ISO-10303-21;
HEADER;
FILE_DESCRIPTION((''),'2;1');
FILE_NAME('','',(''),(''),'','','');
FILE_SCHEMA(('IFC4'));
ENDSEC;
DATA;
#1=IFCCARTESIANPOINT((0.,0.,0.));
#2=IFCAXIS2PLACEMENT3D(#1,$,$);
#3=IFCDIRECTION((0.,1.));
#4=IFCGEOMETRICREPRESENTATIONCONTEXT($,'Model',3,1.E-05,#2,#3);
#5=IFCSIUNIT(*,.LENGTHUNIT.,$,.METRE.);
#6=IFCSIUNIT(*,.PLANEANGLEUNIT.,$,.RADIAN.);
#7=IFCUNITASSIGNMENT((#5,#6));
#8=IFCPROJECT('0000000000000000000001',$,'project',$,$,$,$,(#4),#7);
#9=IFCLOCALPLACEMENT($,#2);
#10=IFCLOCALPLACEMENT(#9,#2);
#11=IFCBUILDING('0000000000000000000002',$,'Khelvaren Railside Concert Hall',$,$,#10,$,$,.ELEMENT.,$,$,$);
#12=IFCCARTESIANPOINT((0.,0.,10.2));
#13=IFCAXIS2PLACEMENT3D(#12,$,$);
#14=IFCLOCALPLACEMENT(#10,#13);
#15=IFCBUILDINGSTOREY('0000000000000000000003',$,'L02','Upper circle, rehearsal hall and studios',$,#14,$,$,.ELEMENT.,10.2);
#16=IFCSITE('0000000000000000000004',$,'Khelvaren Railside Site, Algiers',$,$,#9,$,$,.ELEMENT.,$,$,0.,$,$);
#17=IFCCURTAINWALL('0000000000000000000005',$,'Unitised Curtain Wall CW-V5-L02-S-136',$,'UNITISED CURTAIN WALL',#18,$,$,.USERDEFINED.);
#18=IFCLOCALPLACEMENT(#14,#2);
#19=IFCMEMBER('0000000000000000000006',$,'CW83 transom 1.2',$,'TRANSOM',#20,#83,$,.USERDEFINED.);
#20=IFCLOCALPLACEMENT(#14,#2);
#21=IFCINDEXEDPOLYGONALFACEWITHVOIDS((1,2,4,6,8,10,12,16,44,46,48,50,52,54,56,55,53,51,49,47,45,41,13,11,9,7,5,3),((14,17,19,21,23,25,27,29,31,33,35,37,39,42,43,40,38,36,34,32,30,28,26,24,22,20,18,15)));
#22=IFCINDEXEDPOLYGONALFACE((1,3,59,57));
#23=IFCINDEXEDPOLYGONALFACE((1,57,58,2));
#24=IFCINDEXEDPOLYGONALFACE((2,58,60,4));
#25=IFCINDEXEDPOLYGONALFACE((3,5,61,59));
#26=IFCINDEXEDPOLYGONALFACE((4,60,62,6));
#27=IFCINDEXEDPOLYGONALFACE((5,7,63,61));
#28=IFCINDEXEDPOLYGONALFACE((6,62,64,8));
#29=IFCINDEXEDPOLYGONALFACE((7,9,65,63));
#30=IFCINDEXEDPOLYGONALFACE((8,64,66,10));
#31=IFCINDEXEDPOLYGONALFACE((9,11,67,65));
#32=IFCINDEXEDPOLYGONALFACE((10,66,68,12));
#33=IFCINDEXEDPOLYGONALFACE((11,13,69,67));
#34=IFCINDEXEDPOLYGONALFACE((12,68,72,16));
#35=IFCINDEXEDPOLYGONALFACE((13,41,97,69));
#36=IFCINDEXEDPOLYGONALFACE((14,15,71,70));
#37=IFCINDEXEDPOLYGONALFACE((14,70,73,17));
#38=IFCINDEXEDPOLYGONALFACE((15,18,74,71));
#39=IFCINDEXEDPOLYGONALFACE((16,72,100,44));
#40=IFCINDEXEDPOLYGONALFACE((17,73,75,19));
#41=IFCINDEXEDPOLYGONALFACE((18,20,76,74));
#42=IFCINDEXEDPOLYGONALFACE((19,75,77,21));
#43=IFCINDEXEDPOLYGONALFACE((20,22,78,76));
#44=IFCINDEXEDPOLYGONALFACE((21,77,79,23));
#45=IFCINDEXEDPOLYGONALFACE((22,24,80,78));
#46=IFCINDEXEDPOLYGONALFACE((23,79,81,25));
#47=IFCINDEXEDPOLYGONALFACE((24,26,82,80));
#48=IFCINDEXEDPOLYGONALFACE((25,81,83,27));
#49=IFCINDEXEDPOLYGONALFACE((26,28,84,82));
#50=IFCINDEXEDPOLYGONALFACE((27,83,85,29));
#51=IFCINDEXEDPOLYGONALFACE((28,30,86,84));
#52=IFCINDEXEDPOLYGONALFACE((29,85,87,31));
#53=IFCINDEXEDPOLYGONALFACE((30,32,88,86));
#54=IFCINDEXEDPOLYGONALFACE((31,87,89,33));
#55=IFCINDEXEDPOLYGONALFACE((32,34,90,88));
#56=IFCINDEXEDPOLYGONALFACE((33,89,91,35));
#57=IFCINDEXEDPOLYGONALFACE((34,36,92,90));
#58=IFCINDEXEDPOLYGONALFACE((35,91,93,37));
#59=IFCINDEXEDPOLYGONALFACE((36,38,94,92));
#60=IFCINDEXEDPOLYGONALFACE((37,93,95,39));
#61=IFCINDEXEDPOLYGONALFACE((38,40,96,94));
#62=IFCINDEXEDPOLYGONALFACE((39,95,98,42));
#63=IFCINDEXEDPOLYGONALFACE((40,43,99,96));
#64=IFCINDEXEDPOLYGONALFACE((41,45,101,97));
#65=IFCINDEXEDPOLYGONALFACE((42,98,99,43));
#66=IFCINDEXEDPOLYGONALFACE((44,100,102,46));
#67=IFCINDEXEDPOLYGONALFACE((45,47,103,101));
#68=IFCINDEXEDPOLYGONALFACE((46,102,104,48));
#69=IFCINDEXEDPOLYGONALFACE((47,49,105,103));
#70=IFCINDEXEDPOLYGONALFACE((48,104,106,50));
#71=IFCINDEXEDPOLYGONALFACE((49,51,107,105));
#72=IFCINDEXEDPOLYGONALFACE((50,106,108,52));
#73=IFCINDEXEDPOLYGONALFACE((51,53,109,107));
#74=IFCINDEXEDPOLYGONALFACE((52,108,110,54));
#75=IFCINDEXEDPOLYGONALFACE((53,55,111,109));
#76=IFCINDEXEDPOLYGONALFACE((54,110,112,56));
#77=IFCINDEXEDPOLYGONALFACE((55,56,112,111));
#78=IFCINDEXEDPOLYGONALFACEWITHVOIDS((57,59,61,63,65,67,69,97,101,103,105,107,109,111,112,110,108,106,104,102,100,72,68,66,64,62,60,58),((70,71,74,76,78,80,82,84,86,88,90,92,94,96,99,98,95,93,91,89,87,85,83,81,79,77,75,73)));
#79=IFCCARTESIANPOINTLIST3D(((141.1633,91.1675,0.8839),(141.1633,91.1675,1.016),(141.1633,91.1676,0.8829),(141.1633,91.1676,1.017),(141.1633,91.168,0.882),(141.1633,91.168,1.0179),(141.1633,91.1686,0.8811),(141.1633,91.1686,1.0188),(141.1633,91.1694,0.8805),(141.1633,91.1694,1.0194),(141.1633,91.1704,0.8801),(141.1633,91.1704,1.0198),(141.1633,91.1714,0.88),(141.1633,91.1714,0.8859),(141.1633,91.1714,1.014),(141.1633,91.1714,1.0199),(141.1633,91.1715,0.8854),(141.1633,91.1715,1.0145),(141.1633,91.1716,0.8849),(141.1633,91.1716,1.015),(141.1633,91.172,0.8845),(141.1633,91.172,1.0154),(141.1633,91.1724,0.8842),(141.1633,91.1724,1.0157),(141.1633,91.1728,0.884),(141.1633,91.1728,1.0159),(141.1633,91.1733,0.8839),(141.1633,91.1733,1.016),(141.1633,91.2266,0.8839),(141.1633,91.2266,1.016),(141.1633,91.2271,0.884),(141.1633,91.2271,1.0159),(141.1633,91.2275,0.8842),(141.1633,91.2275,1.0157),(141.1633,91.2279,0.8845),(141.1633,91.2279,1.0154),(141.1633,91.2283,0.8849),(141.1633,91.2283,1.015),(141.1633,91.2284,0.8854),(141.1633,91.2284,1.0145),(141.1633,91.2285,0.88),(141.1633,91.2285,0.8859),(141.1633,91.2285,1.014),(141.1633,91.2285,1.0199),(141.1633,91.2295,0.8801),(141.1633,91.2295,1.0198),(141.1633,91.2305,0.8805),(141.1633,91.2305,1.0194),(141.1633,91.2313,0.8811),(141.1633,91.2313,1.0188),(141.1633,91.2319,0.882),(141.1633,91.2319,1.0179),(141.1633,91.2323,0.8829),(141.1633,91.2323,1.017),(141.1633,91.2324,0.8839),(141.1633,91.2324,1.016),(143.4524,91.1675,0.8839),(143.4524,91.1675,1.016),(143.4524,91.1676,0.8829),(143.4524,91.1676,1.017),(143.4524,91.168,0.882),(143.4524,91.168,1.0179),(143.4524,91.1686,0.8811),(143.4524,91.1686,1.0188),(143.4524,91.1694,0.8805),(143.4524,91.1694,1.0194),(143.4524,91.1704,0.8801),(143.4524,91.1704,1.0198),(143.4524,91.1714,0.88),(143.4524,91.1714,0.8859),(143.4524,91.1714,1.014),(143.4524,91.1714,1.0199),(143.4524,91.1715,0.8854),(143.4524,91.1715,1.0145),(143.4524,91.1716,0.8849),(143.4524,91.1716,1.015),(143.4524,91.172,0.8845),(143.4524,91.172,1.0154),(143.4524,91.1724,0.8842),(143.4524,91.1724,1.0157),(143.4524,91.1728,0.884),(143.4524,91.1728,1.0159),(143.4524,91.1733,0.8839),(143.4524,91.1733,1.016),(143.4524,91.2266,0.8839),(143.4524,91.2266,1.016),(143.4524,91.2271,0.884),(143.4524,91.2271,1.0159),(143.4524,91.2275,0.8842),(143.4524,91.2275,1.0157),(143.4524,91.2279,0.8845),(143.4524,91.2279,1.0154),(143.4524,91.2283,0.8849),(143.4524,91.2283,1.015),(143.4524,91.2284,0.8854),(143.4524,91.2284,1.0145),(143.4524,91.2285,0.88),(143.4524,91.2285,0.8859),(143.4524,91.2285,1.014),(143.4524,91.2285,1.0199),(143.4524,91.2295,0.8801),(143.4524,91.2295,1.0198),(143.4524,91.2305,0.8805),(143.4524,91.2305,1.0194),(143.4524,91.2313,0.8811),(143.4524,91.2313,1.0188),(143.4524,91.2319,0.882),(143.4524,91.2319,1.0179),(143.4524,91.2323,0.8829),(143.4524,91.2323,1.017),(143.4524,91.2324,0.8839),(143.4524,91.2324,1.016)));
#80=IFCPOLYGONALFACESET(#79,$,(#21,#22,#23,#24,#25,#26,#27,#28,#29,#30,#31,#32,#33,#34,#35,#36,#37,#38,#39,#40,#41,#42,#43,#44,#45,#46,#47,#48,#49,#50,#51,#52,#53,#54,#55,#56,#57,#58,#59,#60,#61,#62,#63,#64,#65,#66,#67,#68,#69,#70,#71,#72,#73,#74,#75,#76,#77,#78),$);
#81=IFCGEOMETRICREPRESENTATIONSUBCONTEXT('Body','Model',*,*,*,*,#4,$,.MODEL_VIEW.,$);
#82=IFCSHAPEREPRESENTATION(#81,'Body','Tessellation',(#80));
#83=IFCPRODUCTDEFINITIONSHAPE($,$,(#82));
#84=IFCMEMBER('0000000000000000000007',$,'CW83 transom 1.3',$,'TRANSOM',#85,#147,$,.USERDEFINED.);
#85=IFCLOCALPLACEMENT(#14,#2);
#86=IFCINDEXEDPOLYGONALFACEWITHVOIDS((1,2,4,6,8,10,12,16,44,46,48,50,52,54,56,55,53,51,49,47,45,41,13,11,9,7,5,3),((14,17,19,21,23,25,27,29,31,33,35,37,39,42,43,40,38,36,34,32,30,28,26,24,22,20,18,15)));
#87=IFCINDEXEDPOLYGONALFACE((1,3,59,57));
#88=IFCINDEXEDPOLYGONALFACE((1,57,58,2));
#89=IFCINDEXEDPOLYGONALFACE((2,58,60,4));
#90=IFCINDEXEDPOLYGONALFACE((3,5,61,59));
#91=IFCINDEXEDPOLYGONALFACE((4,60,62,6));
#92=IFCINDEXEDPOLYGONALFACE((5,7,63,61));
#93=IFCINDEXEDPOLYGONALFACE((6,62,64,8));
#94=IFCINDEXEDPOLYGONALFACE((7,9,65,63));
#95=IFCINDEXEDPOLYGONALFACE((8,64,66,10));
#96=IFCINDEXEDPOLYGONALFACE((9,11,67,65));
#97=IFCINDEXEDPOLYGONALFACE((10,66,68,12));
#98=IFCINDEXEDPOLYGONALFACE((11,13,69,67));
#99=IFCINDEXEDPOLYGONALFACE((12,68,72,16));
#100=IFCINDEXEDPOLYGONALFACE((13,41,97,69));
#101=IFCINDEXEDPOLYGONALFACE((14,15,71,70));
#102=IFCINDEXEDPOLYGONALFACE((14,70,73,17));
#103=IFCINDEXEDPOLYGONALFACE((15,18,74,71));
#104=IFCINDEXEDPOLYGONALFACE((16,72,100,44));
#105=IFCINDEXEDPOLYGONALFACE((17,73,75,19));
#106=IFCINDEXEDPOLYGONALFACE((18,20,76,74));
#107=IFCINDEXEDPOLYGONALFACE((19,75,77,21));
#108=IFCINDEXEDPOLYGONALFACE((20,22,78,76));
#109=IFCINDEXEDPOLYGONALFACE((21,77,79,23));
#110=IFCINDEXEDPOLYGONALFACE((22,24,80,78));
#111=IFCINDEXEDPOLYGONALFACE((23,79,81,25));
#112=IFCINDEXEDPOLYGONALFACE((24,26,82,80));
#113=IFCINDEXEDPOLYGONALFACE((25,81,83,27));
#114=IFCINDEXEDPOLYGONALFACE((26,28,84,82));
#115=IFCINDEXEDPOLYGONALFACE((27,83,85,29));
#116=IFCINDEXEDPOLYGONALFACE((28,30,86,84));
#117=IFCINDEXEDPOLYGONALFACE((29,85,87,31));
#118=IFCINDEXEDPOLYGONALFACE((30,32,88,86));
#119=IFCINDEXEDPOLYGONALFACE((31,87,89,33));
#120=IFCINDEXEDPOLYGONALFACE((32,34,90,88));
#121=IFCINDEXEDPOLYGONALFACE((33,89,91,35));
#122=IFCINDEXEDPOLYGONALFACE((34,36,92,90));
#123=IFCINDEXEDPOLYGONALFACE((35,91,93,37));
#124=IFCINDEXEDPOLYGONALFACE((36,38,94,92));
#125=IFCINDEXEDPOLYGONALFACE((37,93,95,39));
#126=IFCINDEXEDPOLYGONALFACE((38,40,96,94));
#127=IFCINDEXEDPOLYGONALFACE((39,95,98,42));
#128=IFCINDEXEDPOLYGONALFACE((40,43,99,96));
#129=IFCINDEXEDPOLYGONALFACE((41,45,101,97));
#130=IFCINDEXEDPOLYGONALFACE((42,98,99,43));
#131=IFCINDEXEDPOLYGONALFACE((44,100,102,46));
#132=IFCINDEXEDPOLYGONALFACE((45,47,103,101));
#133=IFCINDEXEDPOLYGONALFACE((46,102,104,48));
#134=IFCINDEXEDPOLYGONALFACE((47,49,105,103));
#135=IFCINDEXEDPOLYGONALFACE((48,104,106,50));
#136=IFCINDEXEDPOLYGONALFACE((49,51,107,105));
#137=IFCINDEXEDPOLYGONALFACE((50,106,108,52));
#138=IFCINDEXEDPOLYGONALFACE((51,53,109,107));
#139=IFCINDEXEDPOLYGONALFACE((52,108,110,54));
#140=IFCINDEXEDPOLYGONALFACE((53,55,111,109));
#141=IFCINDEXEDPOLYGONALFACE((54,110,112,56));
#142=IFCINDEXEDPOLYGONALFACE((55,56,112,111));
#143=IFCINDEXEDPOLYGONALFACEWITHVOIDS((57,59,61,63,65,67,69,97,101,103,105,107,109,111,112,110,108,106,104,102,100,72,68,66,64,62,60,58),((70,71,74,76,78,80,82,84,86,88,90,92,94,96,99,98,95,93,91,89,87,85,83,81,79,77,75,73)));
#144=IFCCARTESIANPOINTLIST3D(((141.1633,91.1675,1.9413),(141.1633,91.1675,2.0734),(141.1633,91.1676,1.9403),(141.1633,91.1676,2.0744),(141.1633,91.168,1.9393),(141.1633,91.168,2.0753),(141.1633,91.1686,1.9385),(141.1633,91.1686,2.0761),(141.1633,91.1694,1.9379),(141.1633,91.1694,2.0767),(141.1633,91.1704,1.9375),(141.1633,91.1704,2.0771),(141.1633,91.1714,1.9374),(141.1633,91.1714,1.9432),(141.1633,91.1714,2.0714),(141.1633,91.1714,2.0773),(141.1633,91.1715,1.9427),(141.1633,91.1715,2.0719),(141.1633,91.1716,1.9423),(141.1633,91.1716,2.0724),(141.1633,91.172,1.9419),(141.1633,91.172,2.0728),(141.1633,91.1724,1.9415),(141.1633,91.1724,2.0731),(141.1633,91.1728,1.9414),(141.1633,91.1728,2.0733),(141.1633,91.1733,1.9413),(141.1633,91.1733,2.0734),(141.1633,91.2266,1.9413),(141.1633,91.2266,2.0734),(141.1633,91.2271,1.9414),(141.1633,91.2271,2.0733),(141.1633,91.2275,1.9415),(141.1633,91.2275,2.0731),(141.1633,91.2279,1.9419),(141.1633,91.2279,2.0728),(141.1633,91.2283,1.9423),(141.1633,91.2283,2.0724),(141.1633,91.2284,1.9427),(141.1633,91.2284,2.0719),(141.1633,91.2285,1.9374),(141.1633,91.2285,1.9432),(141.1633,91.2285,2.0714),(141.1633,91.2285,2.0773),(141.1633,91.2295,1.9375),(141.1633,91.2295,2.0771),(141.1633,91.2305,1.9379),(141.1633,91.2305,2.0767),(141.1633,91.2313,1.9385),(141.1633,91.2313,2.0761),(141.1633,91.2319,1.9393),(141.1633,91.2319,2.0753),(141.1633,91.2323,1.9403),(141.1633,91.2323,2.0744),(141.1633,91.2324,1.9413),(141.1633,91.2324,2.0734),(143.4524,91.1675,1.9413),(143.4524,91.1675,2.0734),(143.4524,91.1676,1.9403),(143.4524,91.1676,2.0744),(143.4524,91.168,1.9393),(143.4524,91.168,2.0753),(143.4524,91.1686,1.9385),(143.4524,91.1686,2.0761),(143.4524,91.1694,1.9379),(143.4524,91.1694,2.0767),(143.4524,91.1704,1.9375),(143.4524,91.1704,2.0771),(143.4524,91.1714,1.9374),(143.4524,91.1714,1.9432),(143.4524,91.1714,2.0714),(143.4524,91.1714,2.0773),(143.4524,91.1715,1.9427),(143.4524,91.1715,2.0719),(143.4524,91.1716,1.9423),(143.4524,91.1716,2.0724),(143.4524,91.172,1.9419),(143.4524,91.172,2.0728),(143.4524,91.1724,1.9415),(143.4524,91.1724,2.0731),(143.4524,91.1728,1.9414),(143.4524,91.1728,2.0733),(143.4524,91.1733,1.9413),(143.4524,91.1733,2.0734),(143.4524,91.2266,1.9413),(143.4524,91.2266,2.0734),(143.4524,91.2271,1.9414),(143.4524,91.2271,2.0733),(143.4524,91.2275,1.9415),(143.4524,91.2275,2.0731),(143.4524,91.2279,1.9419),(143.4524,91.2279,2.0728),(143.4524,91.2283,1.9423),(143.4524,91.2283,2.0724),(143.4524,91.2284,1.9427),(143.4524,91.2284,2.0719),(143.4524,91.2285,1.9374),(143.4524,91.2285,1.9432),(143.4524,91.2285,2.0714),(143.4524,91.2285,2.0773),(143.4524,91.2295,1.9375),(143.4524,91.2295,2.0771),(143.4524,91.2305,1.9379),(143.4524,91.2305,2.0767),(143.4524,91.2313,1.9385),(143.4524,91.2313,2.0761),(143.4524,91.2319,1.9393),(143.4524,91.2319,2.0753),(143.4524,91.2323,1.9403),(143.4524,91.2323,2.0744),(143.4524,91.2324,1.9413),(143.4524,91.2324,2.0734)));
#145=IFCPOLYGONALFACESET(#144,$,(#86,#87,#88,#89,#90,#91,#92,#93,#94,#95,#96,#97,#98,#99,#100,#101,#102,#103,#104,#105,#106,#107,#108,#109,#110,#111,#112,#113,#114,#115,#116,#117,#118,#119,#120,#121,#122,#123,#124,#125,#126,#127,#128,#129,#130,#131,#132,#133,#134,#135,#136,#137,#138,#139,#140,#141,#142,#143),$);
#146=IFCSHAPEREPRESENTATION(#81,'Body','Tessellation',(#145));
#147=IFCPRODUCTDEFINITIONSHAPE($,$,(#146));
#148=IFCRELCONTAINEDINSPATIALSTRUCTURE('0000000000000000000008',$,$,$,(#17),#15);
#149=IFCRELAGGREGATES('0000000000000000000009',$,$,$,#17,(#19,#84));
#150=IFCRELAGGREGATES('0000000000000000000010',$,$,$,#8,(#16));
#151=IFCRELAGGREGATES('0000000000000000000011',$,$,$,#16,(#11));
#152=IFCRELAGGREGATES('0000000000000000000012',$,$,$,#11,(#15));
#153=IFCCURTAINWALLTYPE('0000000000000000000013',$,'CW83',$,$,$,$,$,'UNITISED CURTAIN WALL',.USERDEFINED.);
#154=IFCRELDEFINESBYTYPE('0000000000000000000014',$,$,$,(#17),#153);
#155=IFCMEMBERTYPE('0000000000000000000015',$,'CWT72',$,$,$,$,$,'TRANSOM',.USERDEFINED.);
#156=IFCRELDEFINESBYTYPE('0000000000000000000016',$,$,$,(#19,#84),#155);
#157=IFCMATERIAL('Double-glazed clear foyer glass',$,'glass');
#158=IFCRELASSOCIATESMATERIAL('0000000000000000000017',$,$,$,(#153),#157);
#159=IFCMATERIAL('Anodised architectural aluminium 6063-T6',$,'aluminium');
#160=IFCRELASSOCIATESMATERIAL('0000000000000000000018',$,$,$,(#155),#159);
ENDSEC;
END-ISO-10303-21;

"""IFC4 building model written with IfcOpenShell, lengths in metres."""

from ifc_helpers import new_model, si_unit, direction, frame, origin, origin_2d, place, context, subcontext, project, spatial, hollow_rectangle, extrude, material, material_profile, profile_set, type_object, element, aggregate, save


model = new_model("IFC4")

# Units and contexts
model_context = context("Model", 3, precision=1e-05, world=origin(), true_north=direction((0.0, 1.0)))
body_context = subcontext(model_context, "Body", "Model", "MODEL_VIEW")
ifc_project = project(units=[si_unit("LENGTHUNIT", "METRE"), si_unit("PLANEANGLEUNIT", "RADIAN")], contexts=[model_context])

# Site, building, storey
site_placement = place(None, origin())
site = spatial("IfcSite", under=ifc_project, at=site_placement, Name="Khelvaren Railside Site, Algiers", CompositionType="ELEMENT", RefElevation=0.0)
building_placement = place(site_placement, origin())
building = spatial("IfcBuilding", under=site, at=building_placement, Name="Khelvaren Railside Concert Hall", CompositionType="ELEMENT")
storey_placement = place(building_placement, frame((0.0, 0.0, 10.2)))
storey = spatial("IfcBuildingStorey", under=building, at=storey_placement, Name="L02", Description="Upper circle, rehearsal hall and studios", CompositionType="ELEMENT", Elevation=10.2)

# Curtain wall
ifc_material_1 = material(Name="Double-glazed clear foyer glass", Category="glass")
curtain_wall_type_1 = type_object("IfcCurtainWallType", Name="CW83", ElementType="UNITISED CURTAIN WALL", PredefinedType="USERDEFINED", material=ifc_material_1)
curtain_wall_1_placement = place(storey_placement, origin())
curtain_wall_1 = element("IfcCurtainWall", 1, at=curtain_wall_1_placement, inside=storey, type_object=curtain_wall_type_1, Name="Unitised Curtain Wall CW-V5-L02-S-136", ObjectType="UNITISED CURTAIN WALL", PredefinedType="USERDEFINED")
ifc_material_2 = material(Name="Anodised architectural aluminium 6063-T6", Category="aluminium")

# Members
ifc_material_profile_1 = material_profile(ifc_material_2, hollow_rectangle(XDim=0.0649, YDim=0.1399, WallThickness=0.0039, InnerFilletRadius=0.002, OuterFilletRadius=0.0039, at=origin_2d()), Name="CWT 65x140x4")
ifc_profile_set_1 = profile_set([ifc_material_profile_1], Name="Anodised architectural aluminium 6063-T6")
member_type_1 = type_object("IfcMemberType", Name="CWT72", ElementType="TRANSOM", PredefinedType="USERDEFINED", material=ifc_profile_set_1)
member_1_placement = place(storey_placement, frame((143.4524, 91.2, 0.95), z_axis=(-1.0, 0.0, 0.0), x_axis=(0.0, -1.0, 0.0)))
member_1 = element("IfcMember", 2, at=member_1_placement, type_object=member_type_1, Name="CW83 transom 1.2", ObjectType="TRANSOM", PredefinedType="USERDEFINED", context=body_context, shape_type="SweptSolid", body=[
    extrude(hollow_rectangle(XDim=0.0649, YDim=0.1399, WallThickness=0.0039, InnerFilletRadius=0.002, OuterFilletRadius=0.0039, at=origin_2d()), origin(), (0.0, 0.0, 1.0), 2.2891),
])
member_2_placement = place(storey_placement, frame((143.4524, 91.2, 2.0073), z_axis=(-1.0, 0.0, 0.0), x_axis=(0.0, -1.0, 0.0)))
member_2 = element("IfcMember", 3, at=member_2_placement, type_object=member_type_1, Name="CW83 transom 1.3", ObjectType="TRANSOM", PredefinedType="USERDEFINED", context=body_context, shape_type="SweptSolid", body=[
    extrude(hollow_rectangle(XDim=0.0649, YDim=0.1399, WallThickness=0.0039, InnerFilletRadius=0.002, OuterFilletRadius=0.0039, at=origin_2d()), origin(), (0.0, 0.0, 1.0), 2.2891),
])

aggregate(curtain_wall_1, [member_1, member_2])

save(model, "model.ifc")
